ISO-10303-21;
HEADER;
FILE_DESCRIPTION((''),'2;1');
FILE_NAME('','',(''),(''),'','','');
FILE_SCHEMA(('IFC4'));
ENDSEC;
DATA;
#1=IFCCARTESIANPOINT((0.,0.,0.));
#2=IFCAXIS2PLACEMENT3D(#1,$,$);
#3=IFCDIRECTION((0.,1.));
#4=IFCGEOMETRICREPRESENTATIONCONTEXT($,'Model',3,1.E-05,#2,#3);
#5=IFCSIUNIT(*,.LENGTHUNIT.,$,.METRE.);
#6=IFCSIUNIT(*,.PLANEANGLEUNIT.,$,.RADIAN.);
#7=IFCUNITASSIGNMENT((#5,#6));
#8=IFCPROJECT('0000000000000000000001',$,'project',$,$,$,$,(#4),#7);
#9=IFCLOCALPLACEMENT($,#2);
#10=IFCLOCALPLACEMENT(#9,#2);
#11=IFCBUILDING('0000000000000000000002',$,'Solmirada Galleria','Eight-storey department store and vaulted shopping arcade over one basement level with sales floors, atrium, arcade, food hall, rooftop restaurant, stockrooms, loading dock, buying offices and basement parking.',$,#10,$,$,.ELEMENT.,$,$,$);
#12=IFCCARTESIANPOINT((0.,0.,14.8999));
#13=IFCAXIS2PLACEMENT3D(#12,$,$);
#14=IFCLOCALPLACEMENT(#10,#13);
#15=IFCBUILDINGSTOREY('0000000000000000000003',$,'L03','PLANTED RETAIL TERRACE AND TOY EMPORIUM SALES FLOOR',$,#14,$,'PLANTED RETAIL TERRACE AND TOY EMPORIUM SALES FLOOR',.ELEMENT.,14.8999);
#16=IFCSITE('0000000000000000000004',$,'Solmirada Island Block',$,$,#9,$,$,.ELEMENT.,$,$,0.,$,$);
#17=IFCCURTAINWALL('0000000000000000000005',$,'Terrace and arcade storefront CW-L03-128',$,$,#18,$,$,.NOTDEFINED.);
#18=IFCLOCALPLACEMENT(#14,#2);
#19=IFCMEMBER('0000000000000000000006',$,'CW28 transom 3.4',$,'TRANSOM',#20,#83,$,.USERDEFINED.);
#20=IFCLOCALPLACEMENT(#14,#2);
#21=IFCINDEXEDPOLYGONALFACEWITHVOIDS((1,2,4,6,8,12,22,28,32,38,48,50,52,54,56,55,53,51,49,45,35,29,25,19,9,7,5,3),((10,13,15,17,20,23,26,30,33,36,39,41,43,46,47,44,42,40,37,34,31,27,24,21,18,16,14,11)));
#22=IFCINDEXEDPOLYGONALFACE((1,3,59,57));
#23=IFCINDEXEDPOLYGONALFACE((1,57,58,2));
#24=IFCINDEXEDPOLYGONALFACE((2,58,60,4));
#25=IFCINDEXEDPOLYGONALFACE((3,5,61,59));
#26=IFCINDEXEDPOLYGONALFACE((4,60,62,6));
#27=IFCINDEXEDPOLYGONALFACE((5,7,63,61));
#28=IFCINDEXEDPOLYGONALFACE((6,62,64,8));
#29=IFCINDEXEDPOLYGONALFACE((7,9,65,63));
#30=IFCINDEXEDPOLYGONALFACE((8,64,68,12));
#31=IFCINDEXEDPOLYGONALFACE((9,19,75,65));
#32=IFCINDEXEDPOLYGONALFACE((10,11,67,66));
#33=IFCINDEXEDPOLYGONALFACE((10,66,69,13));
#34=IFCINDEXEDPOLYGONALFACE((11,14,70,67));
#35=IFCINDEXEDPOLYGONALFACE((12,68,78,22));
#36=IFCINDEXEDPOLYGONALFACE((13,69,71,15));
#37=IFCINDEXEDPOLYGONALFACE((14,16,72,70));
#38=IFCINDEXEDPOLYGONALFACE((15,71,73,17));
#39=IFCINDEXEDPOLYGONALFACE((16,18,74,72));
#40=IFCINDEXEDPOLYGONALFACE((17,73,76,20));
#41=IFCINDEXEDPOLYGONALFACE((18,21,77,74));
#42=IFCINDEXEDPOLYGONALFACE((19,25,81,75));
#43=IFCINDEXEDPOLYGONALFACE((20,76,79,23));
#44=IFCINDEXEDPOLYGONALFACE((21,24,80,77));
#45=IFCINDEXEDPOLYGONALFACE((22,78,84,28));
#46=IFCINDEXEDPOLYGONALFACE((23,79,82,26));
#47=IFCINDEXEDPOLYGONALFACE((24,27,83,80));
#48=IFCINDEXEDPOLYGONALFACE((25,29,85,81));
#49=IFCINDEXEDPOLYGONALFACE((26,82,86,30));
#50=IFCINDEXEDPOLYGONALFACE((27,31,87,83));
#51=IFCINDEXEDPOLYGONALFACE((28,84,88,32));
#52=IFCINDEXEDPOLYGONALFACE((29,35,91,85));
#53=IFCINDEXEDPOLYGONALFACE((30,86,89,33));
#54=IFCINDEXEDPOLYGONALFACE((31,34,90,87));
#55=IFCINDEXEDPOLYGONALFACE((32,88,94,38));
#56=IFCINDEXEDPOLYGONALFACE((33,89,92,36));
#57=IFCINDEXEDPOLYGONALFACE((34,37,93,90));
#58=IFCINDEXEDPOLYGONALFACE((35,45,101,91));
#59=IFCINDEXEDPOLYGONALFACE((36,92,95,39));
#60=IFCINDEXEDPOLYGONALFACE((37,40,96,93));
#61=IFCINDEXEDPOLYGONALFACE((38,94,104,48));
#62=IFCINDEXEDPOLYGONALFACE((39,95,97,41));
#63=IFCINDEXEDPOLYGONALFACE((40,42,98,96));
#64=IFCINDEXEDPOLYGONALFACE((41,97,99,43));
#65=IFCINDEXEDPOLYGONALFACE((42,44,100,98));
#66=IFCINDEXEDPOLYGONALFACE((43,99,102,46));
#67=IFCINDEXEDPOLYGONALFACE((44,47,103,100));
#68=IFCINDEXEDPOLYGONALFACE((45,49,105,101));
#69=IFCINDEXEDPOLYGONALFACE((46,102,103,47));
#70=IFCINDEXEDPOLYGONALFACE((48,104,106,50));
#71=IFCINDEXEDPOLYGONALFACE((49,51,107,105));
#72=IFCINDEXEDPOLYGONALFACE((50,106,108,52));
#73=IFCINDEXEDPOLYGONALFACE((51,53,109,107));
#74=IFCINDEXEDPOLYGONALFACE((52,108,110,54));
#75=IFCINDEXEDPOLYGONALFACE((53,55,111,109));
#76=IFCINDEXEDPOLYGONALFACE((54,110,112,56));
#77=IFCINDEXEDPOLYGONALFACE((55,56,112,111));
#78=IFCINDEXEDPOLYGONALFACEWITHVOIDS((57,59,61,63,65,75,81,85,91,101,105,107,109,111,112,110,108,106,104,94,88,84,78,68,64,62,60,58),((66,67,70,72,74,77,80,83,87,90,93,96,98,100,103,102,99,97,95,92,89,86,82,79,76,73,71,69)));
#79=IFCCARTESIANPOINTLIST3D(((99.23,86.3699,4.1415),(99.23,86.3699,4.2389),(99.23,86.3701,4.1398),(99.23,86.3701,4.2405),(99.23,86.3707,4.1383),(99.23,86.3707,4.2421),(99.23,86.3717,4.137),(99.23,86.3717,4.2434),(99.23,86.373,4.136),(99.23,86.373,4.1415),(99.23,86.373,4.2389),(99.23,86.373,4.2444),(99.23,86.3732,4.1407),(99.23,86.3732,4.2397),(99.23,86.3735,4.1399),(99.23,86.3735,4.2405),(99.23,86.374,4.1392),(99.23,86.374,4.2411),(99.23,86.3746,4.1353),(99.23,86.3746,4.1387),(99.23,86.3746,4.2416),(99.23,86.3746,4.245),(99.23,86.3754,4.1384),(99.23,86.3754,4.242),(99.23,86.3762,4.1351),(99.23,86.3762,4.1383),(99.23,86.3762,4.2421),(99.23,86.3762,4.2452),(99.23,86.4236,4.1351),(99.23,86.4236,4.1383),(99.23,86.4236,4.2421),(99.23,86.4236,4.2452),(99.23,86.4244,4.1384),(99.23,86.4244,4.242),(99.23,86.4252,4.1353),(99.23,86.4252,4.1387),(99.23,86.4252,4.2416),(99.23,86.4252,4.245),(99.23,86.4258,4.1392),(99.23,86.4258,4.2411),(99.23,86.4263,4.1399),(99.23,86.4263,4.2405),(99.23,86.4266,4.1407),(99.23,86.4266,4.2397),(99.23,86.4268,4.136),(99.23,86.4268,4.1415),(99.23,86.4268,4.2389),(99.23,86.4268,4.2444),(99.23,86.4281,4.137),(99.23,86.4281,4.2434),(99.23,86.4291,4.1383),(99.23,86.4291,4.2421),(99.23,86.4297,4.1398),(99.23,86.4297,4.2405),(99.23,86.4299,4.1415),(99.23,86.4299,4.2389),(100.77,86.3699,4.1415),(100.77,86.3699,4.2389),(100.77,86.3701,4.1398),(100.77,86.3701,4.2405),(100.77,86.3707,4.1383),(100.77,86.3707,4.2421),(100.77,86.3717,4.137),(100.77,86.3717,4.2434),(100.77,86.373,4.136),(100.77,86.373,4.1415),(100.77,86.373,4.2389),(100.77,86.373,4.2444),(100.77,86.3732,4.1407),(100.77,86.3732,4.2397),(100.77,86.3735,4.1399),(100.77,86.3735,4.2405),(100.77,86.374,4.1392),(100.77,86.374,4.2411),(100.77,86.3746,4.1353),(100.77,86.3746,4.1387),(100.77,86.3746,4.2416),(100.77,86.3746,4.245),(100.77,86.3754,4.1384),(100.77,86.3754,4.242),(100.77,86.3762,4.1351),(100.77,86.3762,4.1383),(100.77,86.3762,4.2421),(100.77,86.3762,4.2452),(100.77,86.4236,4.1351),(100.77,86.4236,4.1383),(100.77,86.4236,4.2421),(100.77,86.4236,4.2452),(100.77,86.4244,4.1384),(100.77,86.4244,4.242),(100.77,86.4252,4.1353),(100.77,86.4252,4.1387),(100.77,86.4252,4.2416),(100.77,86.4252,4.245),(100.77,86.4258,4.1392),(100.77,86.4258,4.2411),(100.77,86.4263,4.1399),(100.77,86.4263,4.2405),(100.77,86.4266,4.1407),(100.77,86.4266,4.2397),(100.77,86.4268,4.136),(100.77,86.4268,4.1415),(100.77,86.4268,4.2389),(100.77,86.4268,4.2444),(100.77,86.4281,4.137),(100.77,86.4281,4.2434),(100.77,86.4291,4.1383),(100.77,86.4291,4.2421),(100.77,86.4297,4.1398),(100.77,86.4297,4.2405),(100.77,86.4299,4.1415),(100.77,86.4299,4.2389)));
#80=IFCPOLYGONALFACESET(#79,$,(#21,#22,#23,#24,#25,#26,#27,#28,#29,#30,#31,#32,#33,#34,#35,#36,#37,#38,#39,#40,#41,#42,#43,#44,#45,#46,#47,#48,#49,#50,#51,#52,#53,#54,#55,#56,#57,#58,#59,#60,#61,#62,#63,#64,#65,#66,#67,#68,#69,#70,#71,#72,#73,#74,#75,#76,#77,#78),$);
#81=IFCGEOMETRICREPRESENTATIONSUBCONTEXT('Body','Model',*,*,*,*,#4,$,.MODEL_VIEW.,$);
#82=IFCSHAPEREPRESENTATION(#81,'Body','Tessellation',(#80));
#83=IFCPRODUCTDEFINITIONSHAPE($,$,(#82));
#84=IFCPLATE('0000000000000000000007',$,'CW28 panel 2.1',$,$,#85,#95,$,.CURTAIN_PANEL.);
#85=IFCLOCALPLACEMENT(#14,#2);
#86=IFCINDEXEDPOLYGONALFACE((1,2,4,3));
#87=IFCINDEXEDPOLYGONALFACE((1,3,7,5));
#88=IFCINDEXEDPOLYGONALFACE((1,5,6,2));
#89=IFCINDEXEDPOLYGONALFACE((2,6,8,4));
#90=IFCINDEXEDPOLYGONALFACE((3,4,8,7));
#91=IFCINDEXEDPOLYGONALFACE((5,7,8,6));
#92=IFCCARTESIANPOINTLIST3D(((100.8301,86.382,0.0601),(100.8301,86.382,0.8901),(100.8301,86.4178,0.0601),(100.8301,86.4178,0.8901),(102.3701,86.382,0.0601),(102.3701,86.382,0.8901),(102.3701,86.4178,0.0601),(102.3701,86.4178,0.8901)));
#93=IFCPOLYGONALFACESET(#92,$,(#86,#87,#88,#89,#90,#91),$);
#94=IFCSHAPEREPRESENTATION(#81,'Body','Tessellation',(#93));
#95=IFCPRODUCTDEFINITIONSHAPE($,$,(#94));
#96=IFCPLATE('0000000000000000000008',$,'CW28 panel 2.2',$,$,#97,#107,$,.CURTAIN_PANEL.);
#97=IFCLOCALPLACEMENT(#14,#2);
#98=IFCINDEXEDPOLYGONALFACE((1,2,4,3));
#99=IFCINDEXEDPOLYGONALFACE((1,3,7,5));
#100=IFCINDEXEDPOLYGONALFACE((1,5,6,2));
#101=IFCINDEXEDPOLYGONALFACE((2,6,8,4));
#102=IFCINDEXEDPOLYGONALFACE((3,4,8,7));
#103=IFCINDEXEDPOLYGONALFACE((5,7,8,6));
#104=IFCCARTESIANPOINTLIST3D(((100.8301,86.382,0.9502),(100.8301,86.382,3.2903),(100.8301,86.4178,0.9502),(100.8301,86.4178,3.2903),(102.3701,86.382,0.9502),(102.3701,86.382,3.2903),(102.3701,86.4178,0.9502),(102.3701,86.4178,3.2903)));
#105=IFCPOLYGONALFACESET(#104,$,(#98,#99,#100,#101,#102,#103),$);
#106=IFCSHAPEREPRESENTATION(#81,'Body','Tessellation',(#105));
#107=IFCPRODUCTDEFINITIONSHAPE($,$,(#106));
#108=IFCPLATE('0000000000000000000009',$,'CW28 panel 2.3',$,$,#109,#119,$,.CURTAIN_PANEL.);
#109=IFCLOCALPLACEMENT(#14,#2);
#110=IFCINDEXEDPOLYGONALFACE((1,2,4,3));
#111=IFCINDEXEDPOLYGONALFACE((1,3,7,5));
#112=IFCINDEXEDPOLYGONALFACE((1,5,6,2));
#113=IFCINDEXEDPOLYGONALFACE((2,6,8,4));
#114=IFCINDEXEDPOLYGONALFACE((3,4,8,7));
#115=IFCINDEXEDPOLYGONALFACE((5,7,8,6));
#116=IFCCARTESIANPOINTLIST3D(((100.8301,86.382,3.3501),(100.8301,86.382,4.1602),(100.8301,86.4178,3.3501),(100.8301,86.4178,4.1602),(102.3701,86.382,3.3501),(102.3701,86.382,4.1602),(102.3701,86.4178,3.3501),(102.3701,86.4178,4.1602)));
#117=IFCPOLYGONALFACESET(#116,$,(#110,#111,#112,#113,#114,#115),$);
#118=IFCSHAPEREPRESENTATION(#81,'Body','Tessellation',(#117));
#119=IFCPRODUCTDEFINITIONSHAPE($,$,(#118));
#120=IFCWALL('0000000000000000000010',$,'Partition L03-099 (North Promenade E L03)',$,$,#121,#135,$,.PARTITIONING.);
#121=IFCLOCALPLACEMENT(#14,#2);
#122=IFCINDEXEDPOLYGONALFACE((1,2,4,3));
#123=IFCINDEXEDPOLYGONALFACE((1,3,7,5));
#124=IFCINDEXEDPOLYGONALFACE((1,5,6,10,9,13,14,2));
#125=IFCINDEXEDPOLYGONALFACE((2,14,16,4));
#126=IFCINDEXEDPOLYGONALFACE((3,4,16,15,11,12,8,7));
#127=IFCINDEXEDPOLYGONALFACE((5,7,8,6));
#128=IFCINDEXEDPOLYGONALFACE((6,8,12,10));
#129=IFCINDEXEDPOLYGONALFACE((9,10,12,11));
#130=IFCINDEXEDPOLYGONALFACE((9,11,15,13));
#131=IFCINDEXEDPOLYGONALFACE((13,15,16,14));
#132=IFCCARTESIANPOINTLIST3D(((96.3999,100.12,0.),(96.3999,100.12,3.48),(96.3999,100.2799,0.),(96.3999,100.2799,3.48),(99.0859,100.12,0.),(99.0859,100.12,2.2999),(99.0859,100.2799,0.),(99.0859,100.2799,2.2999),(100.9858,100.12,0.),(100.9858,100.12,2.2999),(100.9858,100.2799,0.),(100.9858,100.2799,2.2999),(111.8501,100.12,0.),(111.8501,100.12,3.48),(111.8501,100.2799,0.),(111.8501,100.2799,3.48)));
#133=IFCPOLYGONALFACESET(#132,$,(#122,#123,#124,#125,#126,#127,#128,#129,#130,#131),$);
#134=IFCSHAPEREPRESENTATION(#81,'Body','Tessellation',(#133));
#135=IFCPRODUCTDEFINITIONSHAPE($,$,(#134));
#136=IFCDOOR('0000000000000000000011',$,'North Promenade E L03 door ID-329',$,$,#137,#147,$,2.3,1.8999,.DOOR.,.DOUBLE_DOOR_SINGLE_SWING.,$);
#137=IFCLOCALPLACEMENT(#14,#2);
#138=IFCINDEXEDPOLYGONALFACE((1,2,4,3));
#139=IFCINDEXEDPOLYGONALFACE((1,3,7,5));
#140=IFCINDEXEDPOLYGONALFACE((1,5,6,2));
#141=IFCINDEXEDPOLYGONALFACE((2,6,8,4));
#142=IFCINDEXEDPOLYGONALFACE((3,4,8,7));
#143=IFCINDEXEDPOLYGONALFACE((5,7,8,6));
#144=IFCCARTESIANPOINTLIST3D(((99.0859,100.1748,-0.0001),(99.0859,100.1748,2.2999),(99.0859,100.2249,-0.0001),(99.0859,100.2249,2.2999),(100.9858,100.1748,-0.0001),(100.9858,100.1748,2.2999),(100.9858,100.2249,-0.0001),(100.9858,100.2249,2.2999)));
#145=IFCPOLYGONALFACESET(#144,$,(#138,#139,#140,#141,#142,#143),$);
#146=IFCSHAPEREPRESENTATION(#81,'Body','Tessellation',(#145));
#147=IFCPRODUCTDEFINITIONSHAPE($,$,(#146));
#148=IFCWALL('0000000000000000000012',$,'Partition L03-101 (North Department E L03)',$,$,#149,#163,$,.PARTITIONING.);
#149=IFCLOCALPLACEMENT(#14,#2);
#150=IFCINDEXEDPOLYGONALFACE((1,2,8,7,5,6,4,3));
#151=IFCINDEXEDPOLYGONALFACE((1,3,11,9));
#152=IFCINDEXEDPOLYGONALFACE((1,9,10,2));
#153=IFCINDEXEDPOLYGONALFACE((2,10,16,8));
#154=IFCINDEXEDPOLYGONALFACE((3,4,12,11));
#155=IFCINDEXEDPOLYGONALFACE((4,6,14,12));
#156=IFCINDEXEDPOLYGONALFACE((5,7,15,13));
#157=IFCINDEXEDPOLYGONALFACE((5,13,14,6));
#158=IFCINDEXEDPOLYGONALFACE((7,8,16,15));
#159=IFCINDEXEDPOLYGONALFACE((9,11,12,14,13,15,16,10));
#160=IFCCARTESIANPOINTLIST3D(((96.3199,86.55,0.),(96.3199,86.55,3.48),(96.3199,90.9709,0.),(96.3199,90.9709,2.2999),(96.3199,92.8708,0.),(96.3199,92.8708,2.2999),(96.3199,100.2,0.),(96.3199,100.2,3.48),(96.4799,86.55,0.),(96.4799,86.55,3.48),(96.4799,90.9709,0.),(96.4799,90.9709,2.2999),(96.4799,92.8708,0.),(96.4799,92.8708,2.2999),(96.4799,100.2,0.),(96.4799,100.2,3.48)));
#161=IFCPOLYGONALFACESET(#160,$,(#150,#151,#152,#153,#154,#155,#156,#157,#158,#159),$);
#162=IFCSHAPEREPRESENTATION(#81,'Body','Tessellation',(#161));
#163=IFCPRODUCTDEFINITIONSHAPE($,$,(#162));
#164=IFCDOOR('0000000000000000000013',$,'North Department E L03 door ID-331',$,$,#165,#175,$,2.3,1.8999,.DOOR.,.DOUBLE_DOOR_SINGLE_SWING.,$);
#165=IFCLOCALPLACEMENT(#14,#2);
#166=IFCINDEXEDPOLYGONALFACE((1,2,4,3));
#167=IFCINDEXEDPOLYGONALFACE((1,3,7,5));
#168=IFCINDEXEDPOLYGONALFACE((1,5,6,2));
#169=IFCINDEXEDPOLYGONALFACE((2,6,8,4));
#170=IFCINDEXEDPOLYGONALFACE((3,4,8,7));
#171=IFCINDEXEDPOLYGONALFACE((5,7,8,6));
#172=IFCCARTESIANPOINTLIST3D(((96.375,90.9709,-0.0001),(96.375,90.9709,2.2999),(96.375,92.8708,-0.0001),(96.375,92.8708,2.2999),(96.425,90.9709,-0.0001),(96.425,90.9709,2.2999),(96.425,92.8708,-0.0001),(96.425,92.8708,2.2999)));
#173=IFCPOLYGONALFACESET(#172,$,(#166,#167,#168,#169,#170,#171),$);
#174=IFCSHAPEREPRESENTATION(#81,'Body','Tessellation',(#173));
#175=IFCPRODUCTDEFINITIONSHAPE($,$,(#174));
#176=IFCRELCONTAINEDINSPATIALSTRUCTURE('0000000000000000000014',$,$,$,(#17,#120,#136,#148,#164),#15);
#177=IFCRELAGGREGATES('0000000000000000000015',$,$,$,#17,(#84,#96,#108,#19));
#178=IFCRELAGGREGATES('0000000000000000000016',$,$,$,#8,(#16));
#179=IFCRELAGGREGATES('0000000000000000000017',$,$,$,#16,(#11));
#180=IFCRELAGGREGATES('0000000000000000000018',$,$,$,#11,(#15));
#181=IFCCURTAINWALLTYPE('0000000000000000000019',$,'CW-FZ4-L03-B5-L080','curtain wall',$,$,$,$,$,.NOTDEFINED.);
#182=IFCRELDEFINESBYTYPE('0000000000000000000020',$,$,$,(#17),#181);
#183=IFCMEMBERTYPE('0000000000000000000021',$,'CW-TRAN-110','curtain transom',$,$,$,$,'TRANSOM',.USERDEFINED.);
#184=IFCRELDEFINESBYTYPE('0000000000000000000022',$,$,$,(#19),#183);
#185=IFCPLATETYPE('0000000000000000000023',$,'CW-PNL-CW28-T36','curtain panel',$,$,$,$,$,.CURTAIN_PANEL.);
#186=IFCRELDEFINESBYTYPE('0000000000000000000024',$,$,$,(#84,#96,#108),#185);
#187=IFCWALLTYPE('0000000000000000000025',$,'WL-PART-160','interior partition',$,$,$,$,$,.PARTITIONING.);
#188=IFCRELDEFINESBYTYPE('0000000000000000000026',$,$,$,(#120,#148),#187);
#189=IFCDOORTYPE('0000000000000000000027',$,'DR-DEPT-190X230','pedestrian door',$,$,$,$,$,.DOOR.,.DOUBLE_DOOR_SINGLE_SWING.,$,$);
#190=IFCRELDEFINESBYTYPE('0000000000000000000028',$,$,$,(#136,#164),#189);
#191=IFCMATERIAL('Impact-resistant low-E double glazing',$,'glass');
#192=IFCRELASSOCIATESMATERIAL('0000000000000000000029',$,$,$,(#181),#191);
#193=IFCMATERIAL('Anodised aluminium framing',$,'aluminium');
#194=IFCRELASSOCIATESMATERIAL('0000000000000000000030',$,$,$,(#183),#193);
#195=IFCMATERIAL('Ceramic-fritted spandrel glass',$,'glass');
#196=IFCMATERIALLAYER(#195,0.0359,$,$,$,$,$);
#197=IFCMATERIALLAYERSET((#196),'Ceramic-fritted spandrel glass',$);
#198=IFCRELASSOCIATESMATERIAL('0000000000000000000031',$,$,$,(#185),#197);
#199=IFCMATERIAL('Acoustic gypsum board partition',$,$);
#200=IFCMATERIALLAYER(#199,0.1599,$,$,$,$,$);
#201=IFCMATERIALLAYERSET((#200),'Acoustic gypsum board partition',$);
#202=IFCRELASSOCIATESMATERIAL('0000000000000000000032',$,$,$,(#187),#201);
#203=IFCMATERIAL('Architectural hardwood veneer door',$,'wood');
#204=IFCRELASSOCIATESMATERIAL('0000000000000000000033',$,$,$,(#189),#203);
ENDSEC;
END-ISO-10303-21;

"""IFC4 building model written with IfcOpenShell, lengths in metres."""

from ifc_helpers import new_model, si_unit, direction, frame, frame_2d, origin, origin_2d, place, context, subcontext, project, spatial, rectangle, hollow_rectangle, extrude, material, layer, layer_set, material_profile, profile_set, type_object, element, fill, aggregate, save


model = new_model("IFC4")

# Units and contexts
model_context = context("Model", 3, precision=1e-05, world=origin(), true_north=direction((0.0, 1.0)))
body_context = subcontext(model_context, "Body", "Model", "MODEL_VIEW")
ifc_project = project(units=[si_unit("LENGTHUNIT", "METRE"), si_unit("PLANEANGLEUNIT", "RADIAN")], contexts=[model_context])

# Site, building, storey
site_placement = place(None, origin())
site = spatial("IfcSite", under=ifc_project, at=site_placement, Name="Solmirada Island Block", CompositionType="ELEMENT", RefElevation=0.0)
building_placement = place(site_placement, origin())
building = spatial("IfcBuilding", under=site, at=building_placement, Name="Solmirada Galleria", Description="Eight-storey department store and vaulted shopping arcade over one basement level with sales floors, atrium, arcade, food hall, rooftop restaurant, stockrooms, loading dock, buying offices and basement parking.", CompositionType="ELEMENT")
storey_placement = place(building_placement, frame((0.0, 0.0, 14.8999)))
storey = spatial("IfcBuildingStorey", under=building, at=storey_placement, Name="L03", Description="PLANTED RETAIL TERRACE AND TOY EMPORIUM SALES FLOOR", LongName="PLANTED RETAIL TERRACE AND TOY EMPORIUM SALES FLOOR", CompositionType="ELEMENT", Elevation=14.8999)

# Curtain wall, member, plates
ifc_material_1 = material(Name="Impact-resistant low-E double glazing", Category="glass")
curtain_wall_type = type_object("IfcCurtainWallType", Name="CW-FZ4-L03-B5-L080", Description="curtain wall", PredefinedType="NOTDEFINED", material=ifc_material_1)
curtain_wall_placement = place(storey_placement, origin())
curtain_wall = element("IfcCurtainWall", 1, at=curtain_wall_placement, inside=storey, type_object=curtain_wall_type, Name="Terrace and arcade storefront CW-L03-128", PredefinedType="NOTDEFINED")
ifc_material_2 = material(Name="Anodised aluminium framing", Category="aluminium")
ifc_material_profile_1 = material_profile(ifc_material_2, hollow_rectangle(XDim=0.0601, YDim=0.1101, WallThickness=0.0032, InnerFilletRadius=0.0032, OuterFilletRadius=0.0063, at=origin_2d()), Name="ALU-TRAN-110X60")
ifc_profile_set_1 = profile_set([ifc_material_profile_1], Name="Anodised aluminium framing")
member_type_1 = type_object("IfcMemberType", Name="CW-TRAN-110", Description="curtain transom", ElementType="TRANSOM", PredefinedType="USERDEFINED", material=ifc_profile_set_1)
member_1_placement = place(storey_placement, frame((100.77, 86.3999, 4.1902), z_axis=(-1.0, 0.0, 0.0), x_axis=(0.0, -1.0, 0.0)))
member_1 = element("IfcMember", 2, at=member_1_placement, type_object=member_type_1, Name="CW28 transom 3.4", ObjectType="TRANSOM", PredefinedType="USERDEFINED", context=body_context, shape_type="SweptSolid", body=[
    extrude(hollow_rectangle(XDim=0.0601, YDim=0.1101, WallThickness=0.0032, InnerFilletRadius=0.0032, OuterFilletRadius=0.0063, at=origin_2d()), origin(), (0.0, 0.0, 1.0), 1.54),
])
ifc_material_3 = material(Name="Ceramic-fritted spandrel glass", Category="glass")
ifc_layer_1 = layer(ifc_material_3, 0.0359)
ifc_layer_set_1 = layer_set([ifc_layer_1], Name="Ceramic-fritted spandrel glass")
plate_type = type_object("IfcPlateType", Name="CW-PNL-CW28-T36", Description="curtain panel", PredefinedType="CURTAIN_PANEL", material=ifc_layer_set_1)
plate_1_placement = place(storey_placement, frame((101.6001, 86.3999, 0.0601), z_axis=(0.0, 0.0, 1.0), x_axis=(-1.0, 0.0, 0.0)))
plate_1 = element("IfcPlate", 3, at=plate_1_placement, type_object=plate_type, Name="CW28 panel 2.1", PredefinedType="CURTAIN_PANEL", context=body_context, shape_type="SweptSolid", body=[
    extrude(rectangle(XDim=1.54, YDim=0.0359, at=origin_2d()), origin(), (0.0, 0.0, 1.0), 0.8301),
])
plate_2_placement = place(storey_placement, frame((101.6001, 86.3999, 0.9502), z_axis=(0.0, 0.0, 1.0), x_axis=(-1.0, 0.0, 0.0)))
plate_2 = element("IfcPlate", 4, at=plate_2_placement, type_object=plate_type, Name="CW28 panel 2.2", PredefinedType="CURTAIN_PANEL", context=body_context, shape_type="SweptSolid", body=[
    extrude(rectangle(XDim=1.54, YDim=0.0359, at=origin_2d()), origin(), (0.0, 0.0, 1.0), 2.3401),
])
plate_3_placement = place(storey_placement, frame((101.6001, 86.3999, 3.3501), z_axis=(0.0, 0.0, 1.0), x_axis=(-1.0, 0.0, 0.0)))
plate_3 = element("IfcPlate", 5, at=plate_3_placement, type_object=plate_type, Name="CW28 panel 2.3", PredefinedType="CURTAIN_PANEL", context=body_context, shape_type="SweptSolid", body=[
    extrude(rectangle(XDim=1.54, YDim=0.0359, at=origin_2d()), origin(), (0.0, 0.0, 1.0), 0.8101),
])
aggregate(curtain_wall, [plate_1, plate_2, plate_3, member_1])

# Walls, openings, doors
ifc_material_4 = material(Name="Acoustic gypsum board partition")
ifc_layer_2 = layer(ifc_material_4, 0.1599)
ifc_layer_set_2 = layer_set([ifc_layer_2], Name="Acoustic gypsum board partition")
wall_type = type_object("IfcWallType", Name="WL-PART-160", Description="interior partition", PredefinedType="PARTITIONING", material=ifc_layer_set_2)
wall_1_placement = place(storey_placement, frame((96.3999, 100.2, 0.0), z_axis=(0.0, 0.0, 1.0), x_axis=(1.0, 0.0, 0.0)))
wall_1 = element("IfcWall", 6, at=wall_1_placement, inside=storey, type_object=wall_type, Name="Partition L03-099 (North Promenade E L03)", PredefinedType="PARTITIONING", context=body_context, shape_type="SweptSolid", body=[
    extrude(rectangle(XDim=15.4502, YDim=0.1599, at=frame_2d((7.7251, 0.0))), origin(), (0.0, 0.0, 1.0), 3.48),
])
opening_1_placement = place(wall_1_placement, frame((2.686, 0.0, 0.0)))
opening_1 = element("IfcOpeningElement", 7, at=opening_1_placement, cuts=wall_1, PredefinedType="OPENING", context=body_context, shape_type="SweptSolid", body=[
    extrude(rectangle(XDim=1.8999, YDim=2.3, at=frame_2d((0.95, 1.1499))), frame((0.0, 0.0898, 0.0), z_axis=(0.0, -1.0, 0.0), x_axis=(1.0, 0.0, 0.0)), (0.0, 0.0, 1.0), 0.1799),
])
ifc_material_5 = material(Name="Architectural hardwood veneer door", Category="wood")
door_type = type_object("IfcDoorType", Name="DR-DEPT-190X230", Description="pedestrian door", OperationType="DOUBLE_DOOR_SINGLE_SWING", PredefinedType="DOOR", material=ifc_material_5)
door_1_placement = place(opening_1_placement, origin())
door_1 = element("IfcDoor", 8, at=door_1_placement, inside=storey, type_object=door_type, Name="North Promenade E L03 door ID-329", OperationType="DOUBLE_DOOR_SINGLE_SWING", OverallHeight=2.3, OverallWidth=1.8999, PredefinedType="DOOR", context=body_context, shape_type="SweptSolid", body=[
    extrude(rectangle(XDim=1.8999, YDim=2.3, at=frame_2d((0.95, 1.1499))), frame((0.0, 0.0249, 0.0), z_axis=(0.0, -1.0, 0.0), x_axis=(1.0, 0.0, 0.0)), (0.0, 0.0, 1.0), 0.05),
])
fill(opening_1, door_1)
wall_2_placement = place(storey_placement, frame((96.3999, 86.55, 0.0), z_axis=(0.0, 0.0, 1.0), x_axis=(0.0, 1.0, 0.0)))
wall_2 = element("IfcWall", 9, at=wall_2_placement, inside=storey, type_object=wall_type, Name="Partition L03-101 (North Department E L03)", PredefinedType="PARTITIONING", context=body_context, shape_type="SweptSolid", body=[
    extrude(rectangle(XDim=13.6499, YDim=0.1599, at=frame_2d((6.825, 0.0))), origin(), (0.0, 0.0, 1.0), 3.48),
])
opening_2_placement = place(wall_2_placement, frame((4.4209, 0.0, 0.0)))
opening_2 = element("IfcOpeningElement", 10, at=opening_2_placement, cuts=wall_2, PredefinedType="OPENING", context=body_context, shape_type="SweptSolid", body=[
    extrude(rectangle(XDim=1.8999, YDim=2.3, at=frame_2d((0.95, 1.1499))), frame((0.0, 0.0898, 0.0), z_axis=(0.0, -1.0, 0.0), x_axis=(1.0, 0.0, 0.0)), (0.0, 0.0, 1.0), 0.1799),
])
door_2_placement = place(opening_2_placement, origin())
door_2 = element("IfcDoor", 11, at=door_2_placement, inside=storey, type_object=door_type, Name="North Department E L03 door ID-331", OperationType="DOUBLE_DOOR_SINGLE_SWING", OverallHeight=2.3, OverallWidth=1.8999, PredefinedType="DOOR", context=body_context, shape_type="SweptSolid", body=[
    extrude(rectangle(XDim=1.8999, YDim=2.3, at=frame_2d((0.95, 1.1499))), frame((0.0, 0.0249, 0.0), z_axis=(0.0, -1.0, 0.0), x_axis=(1.0, 0.0, 0.0)), (0.0, 0.0, 1.0), 0.05),
])
fill(opening_2, door_2)

save(model, "model.ifc")
